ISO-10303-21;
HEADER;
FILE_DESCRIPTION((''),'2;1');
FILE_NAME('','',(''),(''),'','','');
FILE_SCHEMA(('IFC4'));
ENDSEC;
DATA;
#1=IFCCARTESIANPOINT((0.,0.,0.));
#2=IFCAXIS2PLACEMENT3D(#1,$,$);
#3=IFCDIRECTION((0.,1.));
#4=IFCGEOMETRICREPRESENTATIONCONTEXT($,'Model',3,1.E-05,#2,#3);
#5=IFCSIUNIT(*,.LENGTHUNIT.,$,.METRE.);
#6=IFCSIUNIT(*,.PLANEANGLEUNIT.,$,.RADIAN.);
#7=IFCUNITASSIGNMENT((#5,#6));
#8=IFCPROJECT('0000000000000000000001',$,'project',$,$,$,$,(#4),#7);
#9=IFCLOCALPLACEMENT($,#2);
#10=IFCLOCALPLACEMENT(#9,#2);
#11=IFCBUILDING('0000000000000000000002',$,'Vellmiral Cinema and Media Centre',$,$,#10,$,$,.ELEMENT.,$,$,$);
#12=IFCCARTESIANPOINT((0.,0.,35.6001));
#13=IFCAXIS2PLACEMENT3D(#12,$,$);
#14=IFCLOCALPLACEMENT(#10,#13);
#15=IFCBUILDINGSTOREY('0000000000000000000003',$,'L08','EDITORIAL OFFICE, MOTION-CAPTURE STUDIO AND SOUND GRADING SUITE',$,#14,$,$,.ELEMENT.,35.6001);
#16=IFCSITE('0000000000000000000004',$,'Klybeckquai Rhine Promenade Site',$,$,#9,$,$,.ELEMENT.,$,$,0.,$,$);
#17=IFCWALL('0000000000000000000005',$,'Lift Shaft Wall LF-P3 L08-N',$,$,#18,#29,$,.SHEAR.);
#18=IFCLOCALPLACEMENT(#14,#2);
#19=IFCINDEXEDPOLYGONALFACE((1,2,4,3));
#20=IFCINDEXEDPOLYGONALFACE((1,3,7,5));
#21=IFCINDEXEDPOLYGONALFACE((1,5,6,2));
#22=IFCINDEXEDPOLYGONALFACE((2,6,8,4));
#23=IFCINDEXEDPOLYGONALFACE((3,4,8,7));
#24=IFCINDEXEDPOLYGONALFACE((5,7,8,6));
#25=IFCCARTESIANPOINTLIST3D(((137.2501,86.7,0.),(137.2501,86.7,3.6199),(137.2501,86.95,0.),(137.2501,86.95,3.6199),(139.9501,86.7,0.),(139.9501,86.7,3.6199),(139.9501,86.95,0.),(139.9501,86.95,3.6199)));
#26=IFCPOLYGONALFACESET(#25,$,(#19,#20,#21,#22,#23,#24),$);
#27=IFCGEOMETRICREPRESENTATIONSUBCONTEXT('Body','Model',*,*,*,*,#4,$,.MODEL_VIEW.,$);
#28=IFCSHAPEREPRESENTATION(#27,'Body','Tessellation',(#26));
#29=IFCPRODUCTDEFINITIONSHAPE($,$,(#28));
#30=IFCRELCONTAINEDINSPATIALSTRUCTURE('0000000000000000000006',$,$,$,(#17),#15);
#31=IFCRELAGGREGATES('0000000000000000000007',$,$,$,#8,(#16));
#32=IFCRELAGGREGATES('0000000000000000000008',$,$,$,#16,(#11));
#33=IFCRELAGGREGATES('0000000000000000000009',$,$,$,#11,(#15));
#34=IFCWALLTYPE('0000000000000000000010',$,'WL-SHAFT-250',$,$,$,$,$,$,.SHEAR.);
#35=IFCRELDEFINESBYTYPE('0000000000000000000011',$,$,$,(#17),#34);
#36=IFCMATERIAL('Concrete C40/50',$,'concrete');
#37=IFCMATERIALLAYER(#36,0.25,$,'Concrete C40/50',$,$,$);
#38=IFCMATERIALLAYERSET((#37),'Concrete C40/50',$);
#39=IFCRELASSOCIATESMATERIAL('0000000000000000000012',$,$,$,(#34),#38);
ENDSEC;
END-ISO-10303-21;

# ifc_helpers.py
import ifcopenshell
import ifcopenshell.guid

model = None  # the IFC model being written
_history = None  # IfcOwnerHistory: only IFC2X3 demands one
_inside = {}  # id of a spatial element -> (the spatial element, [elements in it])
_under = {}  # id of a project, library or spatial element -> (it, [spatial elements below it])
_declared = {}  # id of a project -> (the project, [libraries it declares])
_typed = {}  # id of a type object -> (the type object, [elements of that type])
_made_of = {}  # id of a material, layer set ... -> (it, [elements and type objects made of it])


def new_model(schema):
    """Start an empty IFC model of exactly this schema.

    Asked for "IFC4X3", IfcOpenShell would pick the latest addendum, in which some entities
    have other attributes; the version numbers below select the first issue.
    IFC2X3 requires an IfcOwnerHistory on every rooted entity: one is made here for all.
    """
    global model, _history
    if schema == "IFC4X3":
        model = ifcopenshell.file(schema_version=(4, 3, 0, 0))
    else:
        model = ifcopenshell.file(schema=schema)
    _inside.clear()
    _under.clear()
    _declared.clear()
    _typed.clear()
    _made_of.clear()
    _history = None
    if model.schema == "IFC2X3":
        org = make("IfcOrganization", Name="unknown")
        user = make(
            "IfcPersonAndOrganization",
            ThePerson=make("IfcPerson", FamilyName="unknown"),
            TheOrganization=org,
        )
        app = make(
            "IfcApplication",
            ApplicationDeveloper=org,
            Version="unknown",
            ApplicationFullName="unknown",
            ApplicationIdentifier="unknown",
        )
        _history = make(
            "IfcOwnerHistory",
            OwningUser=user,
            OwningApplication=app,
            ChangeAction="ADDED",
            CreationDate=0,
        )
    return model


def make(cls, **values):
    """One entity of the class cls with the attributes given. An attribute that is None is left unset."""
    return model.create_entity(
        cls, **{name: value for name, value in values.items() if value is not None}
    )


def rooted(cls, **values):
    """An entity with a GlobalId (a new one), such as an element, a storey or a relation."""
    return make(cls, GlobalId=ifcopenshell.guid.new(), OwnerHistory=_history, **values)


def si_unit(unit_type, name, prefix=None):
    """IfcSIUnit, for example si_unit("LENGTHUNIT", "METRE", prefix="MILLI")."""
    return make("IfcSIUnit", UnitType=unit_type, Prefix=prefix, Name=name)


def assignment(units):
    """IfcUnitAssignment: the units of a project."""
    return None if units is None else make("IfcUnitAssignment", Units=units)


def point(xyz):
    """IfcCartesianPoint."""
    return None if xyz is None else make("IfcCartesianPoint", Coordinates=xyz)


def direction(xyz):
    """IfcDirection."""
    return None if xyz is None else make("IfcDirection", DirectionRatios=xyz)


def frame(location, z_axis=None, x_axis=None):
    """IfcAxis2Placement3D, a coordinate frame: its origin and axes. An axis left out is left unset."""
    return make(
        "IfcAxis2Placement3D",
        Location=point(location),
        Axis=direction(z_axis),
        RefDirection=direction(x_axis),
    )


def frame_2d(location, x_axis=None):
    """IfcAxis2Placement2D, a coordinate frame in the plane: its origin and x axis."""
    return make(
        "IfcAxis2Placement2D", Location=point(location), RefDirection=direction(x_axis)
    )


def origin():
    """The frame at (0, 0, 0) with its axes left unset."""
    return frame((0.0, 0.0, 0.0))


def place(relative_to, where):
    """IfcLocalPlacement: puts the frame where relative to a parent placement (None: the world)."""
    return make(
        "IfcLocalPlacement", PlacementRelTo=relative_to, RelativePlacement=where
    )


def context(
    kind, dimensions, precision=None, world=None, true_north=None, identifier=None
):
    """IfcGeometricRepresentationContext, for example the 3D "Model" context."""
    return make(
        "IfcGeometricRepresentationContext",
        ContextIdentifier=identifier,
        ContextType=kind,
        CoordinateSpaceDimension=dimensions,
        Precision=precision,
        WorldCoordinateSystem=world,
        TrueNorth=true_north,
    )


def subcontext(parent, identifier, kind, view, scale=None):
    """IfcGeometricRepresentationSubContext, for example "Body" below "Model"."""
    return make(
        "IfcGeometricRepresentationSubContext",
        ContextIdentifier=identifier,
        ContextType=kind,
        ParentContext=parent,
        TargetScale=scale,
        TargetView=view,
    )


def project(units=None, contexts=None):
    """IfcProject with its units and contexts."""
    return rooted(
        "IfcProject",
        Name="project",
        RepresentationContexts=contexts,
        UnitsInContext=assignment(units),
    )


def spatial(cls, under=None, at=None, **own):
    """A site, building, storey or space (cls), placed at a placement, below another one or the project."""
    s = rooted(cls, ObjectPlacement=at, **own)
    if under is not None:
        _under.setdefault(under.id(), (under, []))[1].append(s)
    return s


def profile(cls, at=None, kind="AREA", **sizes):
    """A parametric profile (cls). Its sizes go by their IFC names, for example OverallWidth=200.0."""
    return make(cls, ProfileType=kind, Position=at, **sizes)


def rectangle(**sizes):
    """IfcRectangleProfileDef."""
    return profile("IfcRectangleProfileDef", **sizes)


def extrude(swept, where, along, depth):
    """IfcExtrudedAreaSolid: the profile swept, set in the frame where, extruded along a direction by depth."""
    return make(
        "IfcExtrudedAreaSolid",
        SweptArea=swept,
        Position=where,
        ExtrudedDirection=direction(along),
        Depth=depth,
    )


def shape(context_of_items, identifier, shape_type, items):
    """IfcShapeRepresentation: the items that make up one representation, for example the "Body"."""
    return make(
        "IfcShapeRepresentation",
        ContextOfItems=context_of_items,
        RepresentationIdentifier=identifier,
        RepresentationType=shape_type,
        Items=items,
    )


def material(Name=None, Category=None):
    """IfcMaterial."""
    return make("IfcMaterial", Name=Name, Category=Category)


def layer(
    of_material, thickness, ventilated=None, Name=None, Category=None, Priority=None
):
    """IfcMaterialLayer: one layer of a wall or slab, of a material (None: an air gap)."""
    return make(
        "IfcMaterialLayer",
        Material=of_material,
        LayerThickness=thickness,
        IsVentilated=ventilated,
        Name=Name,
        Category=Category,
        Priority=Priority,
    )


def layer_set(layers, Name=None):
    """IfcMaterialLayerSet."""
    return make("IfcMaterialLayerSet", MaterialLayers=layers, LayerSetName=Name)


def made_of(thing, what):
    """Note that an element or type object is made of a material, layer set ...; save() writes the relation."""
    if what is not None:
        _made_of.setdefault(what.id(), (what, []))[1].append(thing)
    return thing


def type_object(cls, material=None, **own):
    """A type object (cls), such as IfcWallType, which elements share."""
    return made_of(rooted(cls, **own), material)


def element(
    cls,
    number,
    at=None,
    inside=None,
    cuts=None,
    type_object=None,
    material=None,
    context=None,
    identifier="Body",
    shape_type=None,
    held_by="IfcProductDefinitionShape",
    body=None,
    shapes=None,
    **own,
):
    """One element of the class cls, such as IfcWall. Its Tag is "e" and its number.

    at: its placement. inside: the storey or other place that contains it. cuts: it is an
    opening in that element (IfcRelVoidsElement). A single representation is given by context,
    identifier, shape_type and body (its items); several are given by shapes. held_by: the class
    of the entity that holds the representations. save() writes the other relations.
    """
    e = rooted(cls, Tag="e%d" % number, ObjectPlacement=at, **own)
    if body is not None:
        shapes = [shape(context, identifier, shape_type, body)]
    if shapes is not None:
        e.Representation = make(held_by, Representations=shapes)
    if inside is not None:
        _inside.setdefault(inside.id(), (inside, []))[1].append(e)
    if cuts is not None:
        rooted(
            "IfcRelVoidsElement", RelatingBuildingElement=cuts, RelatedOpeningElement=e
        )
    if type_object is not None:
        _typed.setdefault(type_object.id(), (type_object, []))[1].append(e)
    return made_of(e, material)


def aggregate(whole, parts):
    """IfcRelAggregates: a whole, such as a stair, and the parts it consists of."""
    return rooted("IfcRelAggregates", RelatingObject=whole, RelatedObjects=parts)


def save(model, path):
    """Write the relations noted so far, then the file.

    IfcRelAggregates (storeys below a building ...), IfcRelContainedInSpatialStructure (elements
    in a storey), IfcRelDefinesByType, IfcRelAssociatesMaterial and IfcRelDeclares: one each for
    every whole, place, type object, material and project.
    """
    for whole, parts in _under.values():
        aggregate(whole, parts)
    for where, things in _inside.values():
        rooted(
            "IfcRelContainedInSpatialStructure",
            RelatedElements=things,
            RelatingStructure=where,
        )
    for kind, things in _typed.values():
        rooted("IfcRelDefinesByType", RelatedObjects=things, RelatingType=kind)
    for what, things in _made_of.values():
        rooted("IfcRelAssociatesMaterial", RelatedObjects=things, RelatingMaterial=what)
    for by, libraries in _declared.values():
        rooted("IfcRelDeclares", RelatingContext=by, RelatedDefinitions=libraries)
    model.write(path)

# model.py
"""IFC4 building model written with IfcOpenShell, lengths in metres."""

from ifc_helpers import new_model, si_unit, direction, frame, frame_2d, origin, place, context, subcontext, project, spatial, rectangle, extrude, material, layer, layer_set, type_object, element, save


model = new_model("IFC4")

# Units and contexts
model_context = context("Model", 3, precision=1e-05, world=origin(), true_north=direction((0.0, 1.0)))
body_context = subcontext(model_context, "Body", "Model", "MODEL_VIEW")
ifc_project = project(units=[si_unit("LENGTHUNIT", "METRE"), si_unit("PLANEANGLEUNIT", "RADIAN")], contexts=[model_context])

# Site, building, storey
site_placement = place(None, origin())
site = spatial("IfcSite", under=ifc_project, at=site_placement, Name="Klybeckquai Rhine Promenade Site", CompositionType="ELEMENT", RefElevation=0.0)
building_placement = place(site_placement, origin())
building = spatial("IfcBuilding", under=site, at=building_placement, Name="Vellmiral Cinema and Media Centre", CompositionType="ELEMENT")
storey_placement = place(building_placement, frame((0.0, 0.0, 35.6001)))
storey = spatial("IfcBuildingStorey", under=building, at=storey_placement, Name="L08", Description="EDITORIAL OFFICE, MOTION-CAPTURE STUDIO AND SOUND GRADING SUITE", CompositionType="ELEMENT", Elevation=35.6001)

# Shared definitions
ifc_material_1 = material(Name="Concrete C40/50", Category="concrete")
ifc_layer_1 = layer(ifc_material_1, 0.25, Name="Concrete C40/50")
ifc_layer_set_1 = layer_set([ifc_layer_1], Name="Concrete C40/50")
wall_type_1 = type_object("IfcWallType", Name="WL-SHAFT-250", PredefinedType="SHEAR", material=ifc_layer_set_1)

# Wall
wall_1_placement = place(storey_placement, frame((137.25, 86.825, 0.0), z_axis=(0.0, 0.0, 1.0), x_axis=(1.0, 0.0, 0.0)))
element("IfcWall", 1, at=wall_1_placement, inside=storey, type_object=wall_type_1, Name="Lift Shaft Wall LF-P3 L08-N", PredefinedType="SHEAR", context=body_context, shape_type="SweptSolid", body=[
    extrude(rectangle(XDim=2.7, YDim=0.25, at=frame_2d((1.3501, 0.0))), origin(), (0.0, 0.0, 1.0), 3.6199),
])

save(model, "model.ifc")
